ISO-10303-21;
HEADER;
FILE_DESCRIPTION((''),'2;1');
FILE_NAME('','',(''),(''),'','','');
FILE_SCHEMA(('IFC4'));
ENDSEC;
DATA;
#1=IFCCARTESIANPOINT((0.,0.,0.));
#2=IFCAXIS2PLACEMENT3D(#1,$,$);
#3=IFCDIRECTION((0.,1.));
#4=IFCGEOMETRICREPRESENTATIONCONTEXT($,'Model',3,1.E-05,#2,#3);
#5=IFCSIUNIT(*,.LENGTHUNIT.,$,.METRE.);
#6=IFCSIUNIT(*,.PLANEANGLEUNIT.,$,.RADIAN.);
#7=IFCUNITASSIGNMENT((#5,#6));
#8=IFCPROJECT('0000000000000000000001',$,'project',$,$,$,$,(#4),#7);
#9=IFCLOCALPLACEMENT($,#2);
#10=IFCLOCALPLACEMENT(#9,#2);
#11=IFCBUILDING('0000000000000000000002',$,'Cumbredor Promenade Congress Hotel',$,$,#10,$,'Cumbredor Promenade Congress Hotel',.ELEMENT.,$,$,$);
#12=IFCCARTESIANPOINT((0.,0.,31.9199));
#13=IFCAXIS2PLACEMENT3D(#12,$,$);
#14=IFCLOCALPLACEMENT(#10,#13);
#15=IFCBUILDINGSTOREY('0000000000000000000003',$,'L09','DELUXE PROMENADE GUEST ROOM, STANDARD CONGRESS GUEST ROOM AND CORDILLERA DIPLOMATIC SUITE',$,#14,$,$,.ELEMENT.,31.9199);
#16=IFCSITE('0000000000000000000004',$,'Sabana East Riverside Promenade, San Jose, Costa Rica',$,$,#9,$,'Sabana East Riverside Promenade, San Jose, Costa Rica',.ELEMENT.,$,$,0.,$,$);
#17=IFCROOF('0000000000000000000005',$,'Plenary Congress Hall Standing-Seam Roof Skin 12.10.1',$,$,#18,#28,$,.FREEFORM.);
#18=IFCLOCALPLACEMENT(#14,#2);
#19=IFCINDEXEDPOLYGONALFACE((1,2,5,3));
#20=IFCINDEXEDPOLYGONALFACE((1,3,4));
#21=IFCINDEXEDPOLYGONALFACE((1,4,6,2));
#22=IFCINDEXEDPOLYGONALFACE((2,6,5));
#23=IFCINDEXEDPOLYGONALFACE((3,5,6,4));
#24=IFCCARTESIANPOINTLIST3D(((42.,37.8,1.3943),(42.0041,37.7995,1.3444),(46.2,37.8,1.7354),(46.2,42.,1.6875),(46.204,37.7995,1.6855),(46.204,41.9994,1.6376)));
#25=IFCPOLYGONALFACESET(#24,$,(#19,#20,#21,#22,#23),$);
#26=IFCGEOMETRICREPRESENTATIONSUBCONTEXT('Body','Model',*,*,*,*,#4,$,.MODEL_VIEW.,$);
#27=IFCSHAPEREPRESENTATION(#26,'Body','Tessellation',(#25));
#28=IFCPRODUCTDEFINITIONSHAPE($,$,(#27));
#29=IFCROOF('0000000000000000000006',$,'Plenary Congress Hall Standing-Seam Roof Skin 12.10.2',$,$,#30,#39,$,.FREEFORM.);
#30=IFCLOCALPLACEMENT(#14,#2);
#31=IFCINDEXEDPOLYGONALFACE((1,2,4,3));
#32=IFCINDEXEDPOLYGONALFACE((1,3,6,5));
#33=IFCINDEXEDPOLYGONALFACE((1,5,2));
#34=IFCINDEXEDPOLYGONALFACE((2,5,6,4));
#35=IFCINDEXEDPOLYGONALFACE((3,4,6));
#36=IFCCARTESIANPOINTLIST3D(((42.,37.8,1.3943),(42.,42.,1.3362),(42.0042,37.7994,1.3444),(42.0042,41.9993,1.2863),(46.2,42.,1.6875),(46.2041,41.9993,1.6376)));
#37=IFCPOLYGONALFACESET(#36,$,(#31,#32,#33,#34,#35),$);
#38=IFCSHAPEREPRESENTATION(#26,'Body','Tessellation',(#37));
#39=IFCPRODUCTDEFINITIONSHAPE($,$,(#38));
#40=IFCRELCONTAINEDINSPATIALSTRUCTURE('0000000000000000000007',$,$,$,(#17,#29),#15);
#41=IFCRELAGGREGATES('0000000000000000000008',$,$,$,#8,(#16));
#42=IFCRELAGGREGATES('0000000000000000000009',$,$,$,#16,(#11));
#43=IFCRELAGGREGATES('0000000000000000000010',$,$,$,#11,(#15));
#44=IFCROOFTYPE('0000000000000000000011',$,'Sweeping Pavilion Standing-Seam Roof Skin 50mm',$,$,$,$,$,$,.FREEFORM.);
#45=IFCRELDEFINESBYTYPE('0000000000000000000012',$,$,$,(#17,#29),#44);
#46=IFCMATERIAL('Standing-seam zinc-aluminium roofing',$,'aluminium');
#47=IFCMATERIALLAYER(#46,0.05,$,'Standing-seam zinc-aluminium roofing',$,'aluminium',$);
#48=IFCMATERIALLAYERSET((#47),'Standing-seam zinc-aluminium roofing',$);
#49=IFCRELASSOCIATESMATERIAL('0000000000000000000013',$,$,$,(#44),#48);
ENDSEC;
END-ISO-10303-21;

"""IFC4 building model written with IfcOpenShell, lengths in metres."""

from ifc_helpers import new_model, si_unit, direction, frame, origin, place, context, subcontext, project, spatial, polyline, outline, extrude, material, layer, layer_set, type_object, element, save


model = new_model("IFC4")

# Units and contexts
model_context = context("Model", 3, precision=1e-05, world=origin(), true_north=direction((0.0, 1.0)))
body_context = subcontext(model_context, "Body", "Model", "MODEL_VIEW")
ifc_project = project(units=[si_unit("LENGTHUNIT", "METRE"), si_unit("PLANEANGLEUNIT", "RADIAN")], contexts=[model_context])

# Site, building, storey
site_placement = place(None, origin())
site = spatial("IfcSite", under=ifc_project, at=site_placement, Name="Sabana East Riverside Promenade, San Jose, Costa Rica", LongName="Sabana East Riverside Promenade, San Jose, Costa Rica", CompositionType="ELEMENT", RefElevation=0.0)
building_placement = place(site_placement, origin())
building = spatial("IfcBuilding", under=site, at=building_placement, Name="Cumbredor Promenade Congress Hotel", LongName="Cumbredor Promenade Congress Hotel", CompositionType="ELEMENT")
storey_placement = place(building_placement, frame((0.0, 0.0, 31.9199)))
storey = spatial("IfcBuildingStorey", under=building, at=storey_placement, Name="L09", Description="DELUXE PROMENADE GUEST ROOM, STANDARD CONGRESS GUEST ROOM AND CORDILLERA DIPLOMATIC SUITE", CompositionType="ELEMENT", Elevation=31.9199)

# Roofs
ifc_material_1 = material(Name="Standing-seam zinc-aluminium roofing", Category="aluminium")
ifc_layer_1 = layer(ifc_material_1, 0.05, Name="Standing-seam zinc-aluminium roofing", Category="aluminium")
ifc_layer_set_1 = layer_set([ifc_layer_1], Name="Standing-seam zinc-aluminium roofing")
roof_type = type_object("IfcRoofType", Name="Sweeping Pavilion Standing-Seam Roof Skin 50mm", PredefinedType="FREEFORM", material=ifc_layer_set_1)
roof_1_placement = place(storey_placement, frame((42.0, 37.8, 1.3943), z_axis=(-0.080935, 0.011355, 0.996655), x_axis=(0.996719, 0.0, 0.08094)))
element("IfcRoof", 1, at=roof_1_placement, inside=storey, type_object=roof_type, Name="Plenary Congress Hall Standing-Seam Roof Skin 12.10.1", PredefinedType="FREEFORM", context=body_context, shape_type="SweptSolid", body=[
    extrude(outline(polyline([(0.0, 0.0), (4.2138, 0.0), (4.2099, 4.2002), (0.0, 0.0)])), origin(), (0.0, 0.0, -1.0), 0.05),
])
roof_2_placement = place(storey_placement, frame((42.0, 37.8, 1.3943), z_axis=(-0.083349, 0.013785, 0.996425), x_axis=(0.706247, 0.706247, 0.049305)))
element("IfcRoof", 2, at=roof_2_placement, inside=storey, type_object=roof_type, Name="Plenary Congress Hall Standing-Seam Roof Skin 12.10.2", PredefinedType="FREEFORM", context=body_context, shape_type="SweptSolid", body=[
    extrude(outline(polyline([(0.0, 0.0), (5.9469, 0.0), (2.9633, 2.9768), (0.0, 0.0)])), origin(), (0.0, 0.0, -1.0), 0.05),
])

save(model, "model.ifc")
